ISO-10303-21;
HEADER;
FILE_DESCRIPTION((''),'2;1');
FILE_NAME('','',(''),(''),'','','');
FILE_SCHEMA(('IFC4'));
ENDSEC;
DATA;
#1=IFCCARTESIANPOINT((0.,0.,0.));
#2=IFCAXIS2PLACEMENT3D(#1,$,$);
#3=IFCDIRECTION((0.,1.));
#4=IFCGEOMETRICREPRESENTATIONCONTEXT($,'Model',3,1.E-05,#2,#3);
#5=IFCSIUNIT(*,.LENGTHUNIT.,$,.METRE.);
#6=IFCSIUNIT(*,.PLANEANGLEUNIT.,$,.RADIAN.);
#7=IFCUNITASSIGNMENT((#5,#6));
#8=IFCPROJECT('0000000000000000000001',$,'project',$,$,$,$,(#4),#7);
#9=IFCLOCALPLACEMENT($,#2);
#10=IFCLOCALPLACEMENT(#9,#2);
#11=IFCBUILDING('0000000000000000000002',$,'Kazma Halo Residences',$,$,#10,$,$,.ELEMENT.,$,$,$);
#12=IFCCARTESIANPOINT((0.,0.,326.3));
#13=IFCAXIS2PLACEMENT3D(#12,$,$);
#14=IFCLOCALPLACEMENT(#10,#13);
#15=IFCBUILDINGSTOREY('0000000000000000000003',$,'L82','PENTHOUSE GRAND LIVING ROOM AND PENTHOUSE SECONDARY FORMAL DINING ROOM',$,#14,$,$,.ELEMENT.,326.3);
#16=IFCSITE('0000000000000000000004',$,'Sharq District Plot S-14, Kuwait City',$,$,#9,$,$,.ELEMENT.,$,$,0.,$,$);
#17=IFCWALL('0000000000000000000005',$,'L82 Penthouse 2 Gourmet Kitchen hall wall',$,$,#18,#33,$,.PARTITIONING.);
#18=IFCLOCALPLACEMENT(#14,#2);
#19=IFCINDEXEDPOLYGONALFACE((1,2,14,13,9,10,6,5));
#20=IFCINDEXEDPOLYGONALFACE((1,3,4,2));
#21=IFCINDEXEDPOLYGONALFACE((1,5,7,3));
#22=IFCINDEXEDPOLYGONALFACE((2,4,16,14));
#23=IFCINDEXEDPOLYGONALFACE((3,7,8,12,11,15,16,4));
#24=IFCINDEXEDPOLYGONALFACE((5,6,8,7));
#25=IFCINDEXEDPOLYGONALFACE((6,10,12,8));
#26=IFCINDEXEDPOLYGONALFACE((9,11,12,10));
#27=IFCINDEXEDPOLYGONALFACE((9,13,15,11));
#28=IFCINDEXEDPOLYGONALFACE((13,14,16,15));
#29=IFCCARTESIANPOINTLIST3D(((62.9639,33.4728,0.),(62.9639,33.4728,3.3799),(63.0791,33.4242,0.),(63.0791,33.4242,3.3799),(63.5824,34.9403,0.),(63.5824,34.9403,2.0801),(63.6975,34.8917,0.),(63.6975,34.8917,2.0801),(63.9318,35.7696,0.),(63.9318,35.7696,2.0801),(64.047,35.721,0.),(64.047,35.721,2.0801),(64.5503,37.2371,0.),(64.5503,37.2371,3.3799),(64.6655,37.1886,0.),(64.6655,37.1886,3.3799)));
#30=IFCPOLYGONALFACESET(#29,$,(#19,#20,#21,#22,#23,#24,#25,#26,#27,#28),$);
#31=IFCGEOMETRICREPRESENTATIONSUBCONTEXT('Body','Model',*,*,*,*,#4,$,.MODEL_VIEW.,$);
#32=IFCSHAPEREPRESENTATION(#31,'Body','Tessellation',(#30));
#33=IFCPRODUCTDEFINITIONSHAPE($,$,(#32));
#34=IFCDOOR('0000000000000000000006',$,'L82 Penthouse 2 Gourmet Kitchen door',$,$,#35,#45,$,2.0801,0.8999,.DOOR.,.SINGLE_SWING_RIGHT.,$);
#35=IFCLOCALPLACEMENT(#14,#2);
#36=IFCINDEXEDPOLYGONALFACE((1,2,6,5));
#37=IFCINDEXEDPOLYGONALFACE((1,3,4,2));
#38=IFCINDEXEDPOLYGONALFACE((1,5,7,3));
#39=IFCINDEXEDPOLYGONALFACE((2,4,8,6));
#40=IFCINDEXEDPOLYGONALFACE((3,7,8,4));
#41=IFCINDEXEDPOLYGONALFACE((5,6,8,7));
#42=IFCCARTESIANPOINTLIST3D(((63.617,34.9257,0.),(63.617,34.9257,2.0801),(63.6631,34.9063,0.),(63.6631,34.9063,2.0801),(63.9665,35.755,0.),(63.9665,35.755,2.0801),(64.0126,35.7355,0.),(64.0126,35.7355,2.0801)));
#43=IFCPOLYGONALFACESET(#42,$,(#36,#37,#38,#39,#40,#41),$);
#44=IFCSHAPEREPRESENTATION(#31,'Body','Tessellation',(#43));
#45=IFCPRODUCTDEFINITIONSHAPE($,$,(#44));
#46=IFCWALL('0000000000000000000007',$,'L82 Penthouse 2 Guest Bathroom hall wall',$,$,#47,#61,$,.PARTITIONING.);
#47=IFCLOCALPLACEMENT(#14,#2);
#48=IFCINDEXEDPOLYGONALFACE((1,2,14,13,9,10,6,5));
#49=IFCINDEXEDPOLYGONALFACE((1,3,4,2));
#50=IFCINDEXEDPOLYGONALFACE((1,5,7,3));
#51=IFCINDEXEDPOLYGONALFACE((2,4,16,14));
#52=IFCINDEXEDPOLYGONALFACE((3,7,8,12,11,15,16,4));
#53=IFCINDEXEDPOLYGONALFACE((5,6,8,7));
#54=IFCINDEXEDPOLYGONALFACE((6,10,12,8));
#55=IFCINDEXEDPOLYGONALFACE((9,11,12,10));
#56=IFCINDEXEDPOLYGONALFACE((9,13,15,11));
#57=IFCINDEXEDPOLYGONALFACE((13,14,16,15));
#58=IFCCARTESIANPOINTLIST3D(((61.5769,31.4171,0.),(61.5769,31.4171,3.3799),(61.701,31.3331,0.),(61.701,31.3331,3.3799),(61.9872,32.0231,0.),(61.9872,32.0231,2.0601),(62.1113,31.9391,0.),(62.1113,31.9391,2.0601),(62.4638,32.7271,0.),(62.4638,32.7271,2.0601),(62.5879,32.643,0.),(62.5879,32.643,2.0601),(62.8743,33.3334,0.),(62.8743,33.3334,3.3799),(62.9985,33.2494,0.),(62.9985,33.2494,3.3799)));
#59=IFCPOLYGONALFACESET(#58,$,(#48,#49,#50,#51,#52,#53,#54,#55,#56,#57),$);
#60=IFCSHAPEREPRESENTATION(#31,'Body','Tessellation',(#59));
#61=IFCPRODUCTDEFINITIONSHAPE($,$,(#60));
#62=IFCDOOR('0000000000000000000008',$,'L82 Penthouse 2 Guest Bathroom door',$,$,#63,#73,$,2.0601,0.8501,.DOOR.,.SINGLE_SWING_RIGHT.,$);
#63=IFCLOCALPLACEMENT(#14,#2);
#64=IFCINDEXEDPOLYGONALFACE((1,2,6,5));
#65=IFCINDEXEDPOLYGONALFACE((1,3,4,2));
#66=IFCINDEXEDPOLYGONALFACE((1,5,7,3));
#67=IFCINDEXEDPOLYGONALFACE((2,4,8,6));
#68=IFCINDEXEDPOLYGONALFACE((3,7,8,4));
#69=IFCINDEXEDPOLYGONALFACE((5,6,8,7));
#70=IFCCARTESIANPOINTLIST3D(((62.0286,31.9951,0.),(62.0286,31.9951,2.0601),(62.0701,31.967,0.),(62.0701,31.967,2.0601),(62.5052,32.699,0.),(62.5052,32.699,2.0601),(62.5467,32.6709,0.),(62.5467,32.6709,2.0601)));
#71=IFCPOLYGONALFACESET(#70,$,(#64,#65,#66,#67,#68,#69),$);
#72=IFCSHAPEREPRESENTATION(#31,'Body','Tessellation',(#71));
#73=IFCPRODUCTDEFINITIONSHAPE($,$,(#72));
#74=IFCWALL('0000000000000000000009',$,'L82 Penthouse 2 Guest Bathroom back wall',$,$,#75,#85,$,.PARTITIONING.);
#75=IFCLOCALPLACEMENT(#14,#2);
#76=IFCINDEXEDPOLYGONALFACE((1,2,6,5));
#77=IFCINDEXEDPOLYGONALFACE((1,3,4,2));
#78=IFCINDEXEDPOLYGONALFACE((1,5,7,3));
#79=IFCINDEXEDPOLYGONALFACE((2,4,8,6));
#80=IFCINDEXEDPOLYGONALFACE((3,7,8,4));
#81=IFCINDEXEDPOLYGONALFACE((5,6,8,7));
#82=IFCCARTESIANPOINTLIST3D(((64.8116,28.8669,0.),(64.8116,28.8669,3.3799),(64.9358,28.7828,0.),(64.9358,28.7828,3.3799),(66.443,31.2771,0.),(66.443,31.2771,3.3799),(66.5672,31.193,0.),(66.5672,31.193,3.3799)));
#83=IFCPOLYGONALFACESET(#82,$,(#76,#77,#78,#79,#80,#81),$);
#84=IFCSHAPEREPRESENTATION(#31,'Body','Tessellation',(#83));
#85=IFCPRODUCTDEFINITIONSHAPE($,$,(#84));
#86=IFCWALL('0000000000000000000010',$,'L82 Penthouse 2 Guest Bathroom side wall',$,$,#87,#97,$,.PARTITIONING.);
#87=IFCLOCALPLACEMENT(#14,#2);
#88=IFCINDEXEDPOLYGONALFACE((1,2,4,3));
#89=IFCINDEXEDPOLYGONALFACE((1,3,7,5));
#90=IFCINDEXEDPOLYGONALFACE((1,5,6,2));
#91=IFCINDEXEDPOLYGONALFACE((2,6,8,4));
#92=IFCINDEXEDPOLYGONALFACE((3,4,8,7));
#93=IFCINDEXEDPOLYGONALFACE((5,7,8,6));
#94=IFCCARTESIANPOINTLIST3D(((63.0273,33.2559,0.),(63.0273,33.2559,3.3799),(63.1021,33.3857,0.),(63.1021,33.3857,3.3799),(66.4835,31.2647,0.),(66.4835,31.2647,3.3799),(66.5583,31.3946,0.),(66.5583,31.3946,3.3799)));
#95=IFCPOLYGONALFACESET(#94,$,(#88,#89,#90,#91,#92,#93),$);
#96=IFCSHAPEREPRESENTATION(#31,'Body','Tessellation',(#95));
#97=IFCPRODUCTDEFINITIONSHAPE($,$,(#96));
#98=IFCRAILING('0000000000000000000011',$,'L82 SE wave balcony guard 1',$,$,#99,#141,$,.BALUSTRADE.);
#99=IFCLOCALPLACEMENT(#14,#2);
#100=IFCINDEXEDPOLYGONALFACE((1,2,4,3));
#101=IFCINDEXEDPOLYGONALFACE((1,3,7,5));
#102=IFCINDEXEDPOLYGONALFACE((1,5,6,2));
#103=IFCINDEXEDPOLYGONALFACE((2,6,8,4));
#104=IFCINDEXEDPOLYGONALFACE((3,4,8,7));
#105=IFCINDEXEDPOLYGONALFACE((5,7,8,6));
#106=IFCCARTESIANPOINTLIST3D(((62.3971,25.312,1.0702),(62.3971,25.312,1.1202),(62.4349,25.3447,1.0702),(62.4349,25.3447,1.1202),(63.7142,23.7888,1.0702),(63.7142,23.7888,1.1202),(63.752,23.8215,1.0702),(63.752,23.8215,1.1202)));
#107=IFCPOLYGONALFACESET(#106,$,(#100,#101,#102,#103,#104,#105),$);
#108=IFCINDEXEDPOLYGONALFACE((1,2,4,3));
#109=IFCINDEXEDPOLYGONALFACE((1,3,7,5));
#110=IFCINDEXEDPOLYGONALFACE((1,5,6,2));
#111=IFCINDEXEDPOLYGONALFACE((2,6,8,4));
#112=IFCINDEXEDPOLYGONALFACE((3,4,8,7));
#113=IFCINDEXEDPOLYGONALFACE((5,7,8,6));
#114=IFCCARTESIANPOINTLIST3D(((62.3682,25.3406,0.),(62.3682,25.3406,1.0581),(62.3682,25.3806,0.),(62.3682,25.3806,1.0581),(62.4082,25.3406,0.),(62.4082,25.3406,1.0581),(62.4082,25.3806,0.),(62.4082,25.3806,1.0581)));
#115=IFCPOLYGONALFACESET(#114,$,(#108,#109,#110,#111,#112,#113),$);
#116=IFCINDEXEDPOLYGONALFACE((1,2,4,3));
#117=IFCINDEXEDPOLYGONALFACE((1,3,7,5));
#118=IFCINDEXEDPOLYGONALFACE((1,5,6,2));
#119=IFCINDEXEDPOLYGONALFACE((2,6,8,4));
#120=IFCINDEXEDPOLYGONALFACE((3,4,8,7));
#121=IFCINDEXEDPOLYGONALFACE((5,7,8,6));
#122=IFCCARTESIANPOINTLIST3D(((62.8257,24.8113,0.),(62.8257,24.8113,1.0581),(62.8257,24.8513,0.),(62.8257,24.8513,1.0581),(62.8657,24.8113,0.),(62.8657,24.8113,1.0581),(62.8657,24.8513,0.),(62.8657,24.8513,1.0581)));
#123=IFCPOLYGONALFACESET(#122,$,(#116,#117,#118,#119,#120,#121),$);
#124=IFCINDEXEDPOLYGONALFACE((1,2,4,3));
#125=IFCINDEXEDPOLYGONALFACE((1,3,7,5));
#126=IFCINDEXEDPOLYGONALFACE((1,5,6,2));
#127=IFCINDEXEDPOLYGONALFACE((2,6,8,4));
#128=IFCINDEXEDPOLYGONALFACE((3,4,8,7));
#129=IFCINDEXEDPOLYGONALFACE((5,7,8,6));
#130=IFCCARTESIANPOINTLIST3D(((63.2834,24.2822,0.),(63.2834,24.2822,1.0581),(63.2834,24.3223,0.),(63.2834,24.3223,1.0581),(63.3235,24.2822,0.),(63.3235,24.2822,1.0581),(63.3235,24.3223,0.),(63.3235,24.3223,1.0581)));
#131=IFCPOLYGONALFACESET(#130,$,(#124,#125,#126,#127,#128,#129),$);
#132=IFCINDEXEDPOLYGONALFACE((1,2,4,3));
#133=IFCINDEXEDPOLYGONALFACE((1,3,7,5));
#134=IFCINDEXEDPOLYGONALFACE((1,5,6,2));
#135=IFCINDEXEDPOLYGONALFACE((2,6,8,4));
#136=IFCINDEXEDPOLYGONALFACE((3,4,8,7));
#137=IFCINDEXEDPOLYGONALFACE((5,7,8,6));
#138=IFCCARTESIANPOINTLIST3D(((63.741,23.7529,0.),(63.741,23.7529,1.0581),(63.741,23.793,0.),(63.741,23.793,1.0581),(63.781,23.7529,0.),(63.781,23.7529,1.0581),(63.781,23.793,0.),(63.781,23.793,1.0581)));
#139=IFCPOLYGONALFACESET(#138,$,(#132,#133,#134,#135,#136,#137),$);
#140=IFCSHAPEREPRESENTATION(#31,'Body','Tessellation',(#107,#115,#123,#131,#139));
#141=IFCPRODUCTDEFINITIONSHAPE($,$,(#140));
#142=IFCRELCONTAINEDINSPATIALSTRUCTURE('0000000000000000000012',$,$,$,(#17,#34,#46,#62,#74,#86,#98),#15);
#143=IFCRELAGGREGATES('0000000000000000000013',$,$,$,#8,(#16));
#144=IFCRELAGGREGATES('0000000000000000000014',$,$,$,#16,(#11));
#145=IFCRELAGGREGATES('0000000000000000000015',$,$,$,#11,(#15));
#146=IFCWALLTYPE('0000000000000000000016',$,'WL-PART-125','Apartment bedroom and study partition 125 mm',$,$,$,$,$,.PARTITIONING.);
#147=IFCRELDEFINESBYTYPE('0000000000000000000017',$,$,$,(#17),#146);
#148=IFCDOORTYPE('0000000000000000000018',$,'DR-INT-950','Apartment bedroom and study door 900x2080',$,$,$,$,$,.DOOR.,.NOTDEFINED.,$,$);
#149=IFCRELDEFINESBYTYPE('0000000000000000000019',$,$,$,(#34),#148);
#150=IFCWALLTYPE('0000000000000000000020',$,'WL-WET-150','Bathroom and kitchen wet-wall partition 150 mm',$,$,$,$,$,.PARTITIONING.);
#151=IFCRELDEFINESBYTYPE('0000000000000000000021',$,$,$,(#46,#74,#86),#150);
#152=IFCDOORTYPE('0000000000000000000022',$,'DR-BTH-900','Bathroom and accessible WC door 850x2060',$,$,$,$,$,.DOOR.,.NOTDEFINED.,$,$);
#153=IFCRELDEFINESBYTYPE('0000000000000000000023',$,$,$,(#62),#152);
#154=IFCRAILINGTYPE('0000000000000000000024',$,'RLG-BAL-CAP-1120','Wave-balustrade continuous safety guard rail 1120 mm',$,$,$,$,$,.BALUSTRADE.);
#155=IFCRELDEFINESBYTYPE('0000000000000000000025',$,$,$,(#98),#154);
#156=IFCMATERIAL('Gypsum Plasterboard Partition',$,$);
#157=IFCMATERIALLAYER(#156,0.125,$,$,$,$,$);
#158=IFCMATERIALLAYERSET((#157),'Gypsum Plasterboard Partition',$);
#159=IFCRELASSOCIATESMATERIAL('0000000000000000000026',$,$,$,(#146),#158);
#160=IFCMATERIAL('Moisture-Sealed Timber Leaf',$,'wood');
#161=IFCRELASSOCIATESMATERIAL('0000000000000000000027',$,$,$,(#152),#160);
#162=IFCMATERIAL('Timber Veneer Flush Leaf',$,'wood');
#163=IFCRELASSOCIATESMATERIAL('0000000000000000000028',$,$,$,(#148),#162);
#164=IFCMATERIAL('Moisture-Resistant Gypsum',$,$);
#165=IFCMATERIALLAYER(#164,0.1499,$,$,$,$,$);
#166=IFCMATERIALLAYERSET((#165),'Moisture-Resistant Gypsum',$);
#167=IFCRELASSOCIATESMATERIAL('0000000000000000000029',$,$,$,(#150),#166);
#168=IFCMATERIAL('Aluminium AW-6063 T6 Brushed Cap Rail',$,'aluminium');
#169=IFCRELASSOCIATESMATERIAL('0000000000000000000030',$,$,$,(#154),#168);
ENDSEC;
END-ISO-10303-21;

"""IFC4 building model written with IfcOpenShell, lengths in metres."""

from ifc_helpers import new_model, si_unit, direction, frame, frame_2d, origin, origin_2d, place, context, subcontext, project, spatial, rectangle, extrude, material, layer, layer_set, type_object, element, fill, save


model = new_model("IFC4")

# Units and contexts
model_context = context("Model", 3, precision=1e-05, world=origin(), true_north=direction((0.0, 1.0)))
body_context = subcontext(model_context, "Body", "Model", "MODEL_VIEW")
ifc_project = project(units=[si_unit("LENGTHUNIT", "METRE"), si_unit("PLANEANGLEUNIT", "RADIAN")], contexts=[model_context])

# Site, building, storey
site_placement = place(None, origin())
site = spatial("IfcSite", under=ifc_project, at=site_placement, Name="Sharq District Plot S-14, Kuwait City", CompositionType="ELEMENT", RefElevation=0.0)
building_placement = place(site_placement, origin())
building = spatial("IfcBuilding", under=site, at=building_placement, Name="Kazma Halo Residences", CompositionType="ELEMENT")
storey_placement = place(building_placement, frame((0.0, 0.0, 326.3)))
storey = spatial("IfcBuildingStorey", under=building, at=storey_placement, Name="L82", Description="PENTHOUSE GRAND LIVING ROOM AND PENTHOUSE SECONDARY FORMAL DINING ROOM", CompositionType="ELEMENT", Elevation=326.3)

# Shared definitions
ifc_material_1 = material(Name="Gypsum Plasterboard Partition")
ifc_layer_1 = layer(ifc_material_1, 0.125)
ifc_layer_set_1 = layer_set([ifc_layer_1], Name="Gypsum Plasterboard Partition")
wall_type_1 = type_object("IfcWallType", Name="WL-PART-125", Description="Apartment bedroom and study partition 125 mm", PredefinedType="PARTITIONING", material=ifc_layer_set_1)

# Walls, openings, doors
ifc_material_2 = material(Name="Moisture-Sealed Timber Leaf", Category="wood")
door_type_1 = type_object("IfcDoorType", Name="DR-BTH-900", Description="Bathroom and accessible WC door 850x2060", OperationType="NOTDEFINED", PredefinedType="DOOR", material=ifc_material_2)
wall_1_placement = place(storey_placement, frame((63.0215, 33.4485, 0.0), z_axis=(0.0, 0.0, 1.0), x_axis=(0.388351, 0.921512, 0.0)))
wall_1 = element("IfcWall", 1, at=wall_1_placement, inside=storey, type_object=wall_type_1, Name="L82 Penthouse 2 Gourmet Kitchen hall wall", PredefinedType="PARTITIONING", context=body_context, shape_type="SweptSolid", body=[
    extrude(rectangle(XDim=4.085, YDim=0.125, at=frame_2d((2.0425, 0.0))), origin(), (0.0, 0.0, 1.0), 3.3799),
])
opening_1_placement = place(wall_1_placement, frame((1.5925, 0.0, 0.0)))
opening_1 = element("IfcOpeningElement", 2, at=opening_1_placement, cuts=wall_1, PredefinedType="OPENING", context=body_context, shape_type="SweptSolid", body=[
    extrude(rectangle(XDim=0.8999, YDim=2.0801, at=frame_2d((0.45, 1.04))), frame((0.0, 0.0725, 0.0), z_axis=(0.0, -1.0, 0.0), x_axis=(1.0, 0.0, 0.0)), (0.0, 0.0, 1.0), 0.145),
])
ifc_material_3 = material(Name="Timber Veneer Flush Leaf", Category="wood")
door_type_2 = type_object("IfcDoorType", Name="DR-INT-950", Description="Apartment bedroom and study door 900x2080", OperationType="NOTDEFINED", PredefinedType="DOOR", material=ifc_material_3)
door_1_placement = place(opening_1_placement, origin())
door_1 = element("IfcDoor", 3, at=door_1_placement, inside=storey, type_object=door_type_2, Name="L82 Penthouse 2 Gourmet Kitchen door", OperationType="SINGLE_SWING_RIGHT", OverallHeight=2.0801, OverallWidth=0.8999, PredefinedType="DOOR", context=body_context, shape_type="SweptSolid", body=[
    extrude(rectangle(XDim=0.8999, YDim=2.0801, at=frame_2d((0.45, 1.04))), frame((0.0, 0.0249, 0.0), z_axis=(0.0, -1.0, 0.0), x_axis=(1.0, 0.0, 0.0)), (0.0, 0.0, 1.0), 0.05),
])
fill(opening_1, door_1)
ifc_material_4 = material(Name="Moisture-Resistant Gypsum")
ifc_layer_2 = layer(ifc_material_4, 0.1499)
ifc_layer_set_2 = layer_set([ifc_layer_2], Name="Moisture-Resistant Gypsum")
wall_type_2 = type_object("IfcWallType", Name="WL-WET-150", Description="Bathroom and kitchen wet-wall partition 150 mm", PredefinedType="PARTITIONING", material=ifc_layer_set_2)
wall_2_placement = place(storey_placement, frame((61.6389, 31.375, 0.0), z_axis=(0.0, 0.0, 1.0), x_axis=(0.560627, 0.828069, 0.0)))
wall_2 = element("IfcWall", 4, at=wall_2_placement, inside=storey, type_object=wall_type_2, Name="L82 Penthouse 2 Guest Bathroom hall wall", PredefinedType="PARTITIONING", context=body_context, shape_type="SweptSolid", body=[
    extrude(rectangle(XDim=2.3142, YDim=0.1499, at=frame_2d((1.1572, 0.0))), origin(), (0.0, 0.0, 1.0), 3.3799),
])
opening_2_placement = place(wall_2_placement, frame((0.7319, 0.0, 0.0)))
opening_2 = element("IfcOpeningElement", 5, at=opening_2_placement, cuts=wall_2, PredefinedType="OPENING", context=body_context, shape_type="SweptSolid", body=[
    extrude(rectangle(XDim=0.8501, YDim=2.0601, at=frame_2d((0.425, 1.03))), frame((0.0, 0.085, 0.0), z_axis=(0.0, -1.0, 0.0), x_axis=(1.0, 0.0, 0.0)), (0.0, 0.0, 1.0), 0.1699),
])
door_2_placement = place(opening_2_placement, origin())
door_2 = element("IfcDoor", 6, at=door_2_placement, inside=storey, type_object=door_type_1, Name="L82 Penthouse 2 Guest Bathroom door", OperationType="SINGLE_SWING_RIGHT", OverallHeight=2.0601, OverallWidth=0.8501, PredefinedType="DOOR", context=body_context, shape_type="SweptSolid", body=[
    extrude(rectangle(XDim=0.8501, YDim=2.0601, at=frame_2d((0.425, 1.03))), frame((0.0, 0.0249, 0.0), z_axis=(0.0, -1.0, 0.0), x_axis=(1.0, 0.0, 0.0)), (0.0, 0.0, 1.0), 0.05),
])
fill(opening_2, door_2)

# Walls
wall_3_placement = place(storey_placement, frame((64.8738, 28.825, 0.0), z_axis=(0.0, 0.0, 1.0), x_axis=(0.560533, 0.828132, 0.0)))
element("IfcWall", 7, at=wall_3_placement, inside=storey, type_object=wall_type_2, Name="L82 Penthouse 2 Guest Bathroom back wall", PredefinedType="PARTITIONING", context=body_context, shape_type="SweptSolid", body=[
    extrude(rectangle(XDim=2.9104, YDim=0.1499, at=frame_2d((1.4551, 0.0))), origin(), (0.0, 0.0, 1.0), 3.3799),
])
wall_4_placement = place(storey_placement, frame((63.0647, 33.3208, 0.0), z_axis=(0.0, 0.0, 1.0), x_axis=(0.86649, -0.499194, 0.0)))
element("IfcWall", 8, at=wall_4_placement, inside=storey, type_object=wall_type_2, Name="L82 Penthouse 2 Guest Bathroom side wall", PredefinedType="PARTITIONING", context=body_context, shape_type="SweptSolid", body=[
    extrude(rectangle(XDim=3.9888, YDim=0.1499, at=frame_2d((1.9944, 0.0))), origin(), (0.0, 0.0, 1.0), 3.3799),
])

# Railing
ifc_material_5 = material(Name="Aluminium AW-6063 T6 Brushed Cap Rail", Category="aluminium")
railing_type = type_object("IfcRailingType", Name="RLG-BAL-CAP-1120", Description="Wave-balustrade continuous safety guard rail 1120 mm", PredefinedType="BALUSTRADE", material=ifc_material_5)
railing_1_placement = place(storey_placement, frame((62.3882, 25.3606, 0.0)))
element("IfcRailing", 9, at=railing_1_placement, inside=storey, type_object=railing_type, Name="L82 SE wave balcony guard 1", PredefinedType="BALUSTRADE", context=body_context, shape_type="SweptSolid", body=[
    extrude(rectangle(XDim=0.05, YDim=0.05, at=origin_2d()), frame((0.0278, -0.0322, 1.0952), z_axis=(0.654071, -0.756433, 0.0), x_axis=(0.756433, 0.654071, 0.0)), (0.0, 0.0, 1.0), 2.0137),
    extrude(rectangle(XDim=0.04, YDim=0.04, at=origin_2d()), origin(), (0.0, 0.0, 1.0), 1.0581),
    extrude(rectangle(XDim=0.04, YDim=0.04, at=origin_2d()), frame((0.4575, -0.5293, 0.0)), (0.0, 0.0, 1.0), 1.0581),
    extrude(rectangle(XDim=0.04, YDim=0.04, at=origin_2d()), frame((0.9153, -1.0583, 0.0)), (0.0, 0.0, 1.0), 1.0581),
    extrude(rectangle(XDim=0.04, YDim=0.04, at=origin_2d()), frame((1.3728, -1.5876, 0.0)), (0.0, 0.0, 1.0), 1.0581),
])

save(model, "model.ifc")
